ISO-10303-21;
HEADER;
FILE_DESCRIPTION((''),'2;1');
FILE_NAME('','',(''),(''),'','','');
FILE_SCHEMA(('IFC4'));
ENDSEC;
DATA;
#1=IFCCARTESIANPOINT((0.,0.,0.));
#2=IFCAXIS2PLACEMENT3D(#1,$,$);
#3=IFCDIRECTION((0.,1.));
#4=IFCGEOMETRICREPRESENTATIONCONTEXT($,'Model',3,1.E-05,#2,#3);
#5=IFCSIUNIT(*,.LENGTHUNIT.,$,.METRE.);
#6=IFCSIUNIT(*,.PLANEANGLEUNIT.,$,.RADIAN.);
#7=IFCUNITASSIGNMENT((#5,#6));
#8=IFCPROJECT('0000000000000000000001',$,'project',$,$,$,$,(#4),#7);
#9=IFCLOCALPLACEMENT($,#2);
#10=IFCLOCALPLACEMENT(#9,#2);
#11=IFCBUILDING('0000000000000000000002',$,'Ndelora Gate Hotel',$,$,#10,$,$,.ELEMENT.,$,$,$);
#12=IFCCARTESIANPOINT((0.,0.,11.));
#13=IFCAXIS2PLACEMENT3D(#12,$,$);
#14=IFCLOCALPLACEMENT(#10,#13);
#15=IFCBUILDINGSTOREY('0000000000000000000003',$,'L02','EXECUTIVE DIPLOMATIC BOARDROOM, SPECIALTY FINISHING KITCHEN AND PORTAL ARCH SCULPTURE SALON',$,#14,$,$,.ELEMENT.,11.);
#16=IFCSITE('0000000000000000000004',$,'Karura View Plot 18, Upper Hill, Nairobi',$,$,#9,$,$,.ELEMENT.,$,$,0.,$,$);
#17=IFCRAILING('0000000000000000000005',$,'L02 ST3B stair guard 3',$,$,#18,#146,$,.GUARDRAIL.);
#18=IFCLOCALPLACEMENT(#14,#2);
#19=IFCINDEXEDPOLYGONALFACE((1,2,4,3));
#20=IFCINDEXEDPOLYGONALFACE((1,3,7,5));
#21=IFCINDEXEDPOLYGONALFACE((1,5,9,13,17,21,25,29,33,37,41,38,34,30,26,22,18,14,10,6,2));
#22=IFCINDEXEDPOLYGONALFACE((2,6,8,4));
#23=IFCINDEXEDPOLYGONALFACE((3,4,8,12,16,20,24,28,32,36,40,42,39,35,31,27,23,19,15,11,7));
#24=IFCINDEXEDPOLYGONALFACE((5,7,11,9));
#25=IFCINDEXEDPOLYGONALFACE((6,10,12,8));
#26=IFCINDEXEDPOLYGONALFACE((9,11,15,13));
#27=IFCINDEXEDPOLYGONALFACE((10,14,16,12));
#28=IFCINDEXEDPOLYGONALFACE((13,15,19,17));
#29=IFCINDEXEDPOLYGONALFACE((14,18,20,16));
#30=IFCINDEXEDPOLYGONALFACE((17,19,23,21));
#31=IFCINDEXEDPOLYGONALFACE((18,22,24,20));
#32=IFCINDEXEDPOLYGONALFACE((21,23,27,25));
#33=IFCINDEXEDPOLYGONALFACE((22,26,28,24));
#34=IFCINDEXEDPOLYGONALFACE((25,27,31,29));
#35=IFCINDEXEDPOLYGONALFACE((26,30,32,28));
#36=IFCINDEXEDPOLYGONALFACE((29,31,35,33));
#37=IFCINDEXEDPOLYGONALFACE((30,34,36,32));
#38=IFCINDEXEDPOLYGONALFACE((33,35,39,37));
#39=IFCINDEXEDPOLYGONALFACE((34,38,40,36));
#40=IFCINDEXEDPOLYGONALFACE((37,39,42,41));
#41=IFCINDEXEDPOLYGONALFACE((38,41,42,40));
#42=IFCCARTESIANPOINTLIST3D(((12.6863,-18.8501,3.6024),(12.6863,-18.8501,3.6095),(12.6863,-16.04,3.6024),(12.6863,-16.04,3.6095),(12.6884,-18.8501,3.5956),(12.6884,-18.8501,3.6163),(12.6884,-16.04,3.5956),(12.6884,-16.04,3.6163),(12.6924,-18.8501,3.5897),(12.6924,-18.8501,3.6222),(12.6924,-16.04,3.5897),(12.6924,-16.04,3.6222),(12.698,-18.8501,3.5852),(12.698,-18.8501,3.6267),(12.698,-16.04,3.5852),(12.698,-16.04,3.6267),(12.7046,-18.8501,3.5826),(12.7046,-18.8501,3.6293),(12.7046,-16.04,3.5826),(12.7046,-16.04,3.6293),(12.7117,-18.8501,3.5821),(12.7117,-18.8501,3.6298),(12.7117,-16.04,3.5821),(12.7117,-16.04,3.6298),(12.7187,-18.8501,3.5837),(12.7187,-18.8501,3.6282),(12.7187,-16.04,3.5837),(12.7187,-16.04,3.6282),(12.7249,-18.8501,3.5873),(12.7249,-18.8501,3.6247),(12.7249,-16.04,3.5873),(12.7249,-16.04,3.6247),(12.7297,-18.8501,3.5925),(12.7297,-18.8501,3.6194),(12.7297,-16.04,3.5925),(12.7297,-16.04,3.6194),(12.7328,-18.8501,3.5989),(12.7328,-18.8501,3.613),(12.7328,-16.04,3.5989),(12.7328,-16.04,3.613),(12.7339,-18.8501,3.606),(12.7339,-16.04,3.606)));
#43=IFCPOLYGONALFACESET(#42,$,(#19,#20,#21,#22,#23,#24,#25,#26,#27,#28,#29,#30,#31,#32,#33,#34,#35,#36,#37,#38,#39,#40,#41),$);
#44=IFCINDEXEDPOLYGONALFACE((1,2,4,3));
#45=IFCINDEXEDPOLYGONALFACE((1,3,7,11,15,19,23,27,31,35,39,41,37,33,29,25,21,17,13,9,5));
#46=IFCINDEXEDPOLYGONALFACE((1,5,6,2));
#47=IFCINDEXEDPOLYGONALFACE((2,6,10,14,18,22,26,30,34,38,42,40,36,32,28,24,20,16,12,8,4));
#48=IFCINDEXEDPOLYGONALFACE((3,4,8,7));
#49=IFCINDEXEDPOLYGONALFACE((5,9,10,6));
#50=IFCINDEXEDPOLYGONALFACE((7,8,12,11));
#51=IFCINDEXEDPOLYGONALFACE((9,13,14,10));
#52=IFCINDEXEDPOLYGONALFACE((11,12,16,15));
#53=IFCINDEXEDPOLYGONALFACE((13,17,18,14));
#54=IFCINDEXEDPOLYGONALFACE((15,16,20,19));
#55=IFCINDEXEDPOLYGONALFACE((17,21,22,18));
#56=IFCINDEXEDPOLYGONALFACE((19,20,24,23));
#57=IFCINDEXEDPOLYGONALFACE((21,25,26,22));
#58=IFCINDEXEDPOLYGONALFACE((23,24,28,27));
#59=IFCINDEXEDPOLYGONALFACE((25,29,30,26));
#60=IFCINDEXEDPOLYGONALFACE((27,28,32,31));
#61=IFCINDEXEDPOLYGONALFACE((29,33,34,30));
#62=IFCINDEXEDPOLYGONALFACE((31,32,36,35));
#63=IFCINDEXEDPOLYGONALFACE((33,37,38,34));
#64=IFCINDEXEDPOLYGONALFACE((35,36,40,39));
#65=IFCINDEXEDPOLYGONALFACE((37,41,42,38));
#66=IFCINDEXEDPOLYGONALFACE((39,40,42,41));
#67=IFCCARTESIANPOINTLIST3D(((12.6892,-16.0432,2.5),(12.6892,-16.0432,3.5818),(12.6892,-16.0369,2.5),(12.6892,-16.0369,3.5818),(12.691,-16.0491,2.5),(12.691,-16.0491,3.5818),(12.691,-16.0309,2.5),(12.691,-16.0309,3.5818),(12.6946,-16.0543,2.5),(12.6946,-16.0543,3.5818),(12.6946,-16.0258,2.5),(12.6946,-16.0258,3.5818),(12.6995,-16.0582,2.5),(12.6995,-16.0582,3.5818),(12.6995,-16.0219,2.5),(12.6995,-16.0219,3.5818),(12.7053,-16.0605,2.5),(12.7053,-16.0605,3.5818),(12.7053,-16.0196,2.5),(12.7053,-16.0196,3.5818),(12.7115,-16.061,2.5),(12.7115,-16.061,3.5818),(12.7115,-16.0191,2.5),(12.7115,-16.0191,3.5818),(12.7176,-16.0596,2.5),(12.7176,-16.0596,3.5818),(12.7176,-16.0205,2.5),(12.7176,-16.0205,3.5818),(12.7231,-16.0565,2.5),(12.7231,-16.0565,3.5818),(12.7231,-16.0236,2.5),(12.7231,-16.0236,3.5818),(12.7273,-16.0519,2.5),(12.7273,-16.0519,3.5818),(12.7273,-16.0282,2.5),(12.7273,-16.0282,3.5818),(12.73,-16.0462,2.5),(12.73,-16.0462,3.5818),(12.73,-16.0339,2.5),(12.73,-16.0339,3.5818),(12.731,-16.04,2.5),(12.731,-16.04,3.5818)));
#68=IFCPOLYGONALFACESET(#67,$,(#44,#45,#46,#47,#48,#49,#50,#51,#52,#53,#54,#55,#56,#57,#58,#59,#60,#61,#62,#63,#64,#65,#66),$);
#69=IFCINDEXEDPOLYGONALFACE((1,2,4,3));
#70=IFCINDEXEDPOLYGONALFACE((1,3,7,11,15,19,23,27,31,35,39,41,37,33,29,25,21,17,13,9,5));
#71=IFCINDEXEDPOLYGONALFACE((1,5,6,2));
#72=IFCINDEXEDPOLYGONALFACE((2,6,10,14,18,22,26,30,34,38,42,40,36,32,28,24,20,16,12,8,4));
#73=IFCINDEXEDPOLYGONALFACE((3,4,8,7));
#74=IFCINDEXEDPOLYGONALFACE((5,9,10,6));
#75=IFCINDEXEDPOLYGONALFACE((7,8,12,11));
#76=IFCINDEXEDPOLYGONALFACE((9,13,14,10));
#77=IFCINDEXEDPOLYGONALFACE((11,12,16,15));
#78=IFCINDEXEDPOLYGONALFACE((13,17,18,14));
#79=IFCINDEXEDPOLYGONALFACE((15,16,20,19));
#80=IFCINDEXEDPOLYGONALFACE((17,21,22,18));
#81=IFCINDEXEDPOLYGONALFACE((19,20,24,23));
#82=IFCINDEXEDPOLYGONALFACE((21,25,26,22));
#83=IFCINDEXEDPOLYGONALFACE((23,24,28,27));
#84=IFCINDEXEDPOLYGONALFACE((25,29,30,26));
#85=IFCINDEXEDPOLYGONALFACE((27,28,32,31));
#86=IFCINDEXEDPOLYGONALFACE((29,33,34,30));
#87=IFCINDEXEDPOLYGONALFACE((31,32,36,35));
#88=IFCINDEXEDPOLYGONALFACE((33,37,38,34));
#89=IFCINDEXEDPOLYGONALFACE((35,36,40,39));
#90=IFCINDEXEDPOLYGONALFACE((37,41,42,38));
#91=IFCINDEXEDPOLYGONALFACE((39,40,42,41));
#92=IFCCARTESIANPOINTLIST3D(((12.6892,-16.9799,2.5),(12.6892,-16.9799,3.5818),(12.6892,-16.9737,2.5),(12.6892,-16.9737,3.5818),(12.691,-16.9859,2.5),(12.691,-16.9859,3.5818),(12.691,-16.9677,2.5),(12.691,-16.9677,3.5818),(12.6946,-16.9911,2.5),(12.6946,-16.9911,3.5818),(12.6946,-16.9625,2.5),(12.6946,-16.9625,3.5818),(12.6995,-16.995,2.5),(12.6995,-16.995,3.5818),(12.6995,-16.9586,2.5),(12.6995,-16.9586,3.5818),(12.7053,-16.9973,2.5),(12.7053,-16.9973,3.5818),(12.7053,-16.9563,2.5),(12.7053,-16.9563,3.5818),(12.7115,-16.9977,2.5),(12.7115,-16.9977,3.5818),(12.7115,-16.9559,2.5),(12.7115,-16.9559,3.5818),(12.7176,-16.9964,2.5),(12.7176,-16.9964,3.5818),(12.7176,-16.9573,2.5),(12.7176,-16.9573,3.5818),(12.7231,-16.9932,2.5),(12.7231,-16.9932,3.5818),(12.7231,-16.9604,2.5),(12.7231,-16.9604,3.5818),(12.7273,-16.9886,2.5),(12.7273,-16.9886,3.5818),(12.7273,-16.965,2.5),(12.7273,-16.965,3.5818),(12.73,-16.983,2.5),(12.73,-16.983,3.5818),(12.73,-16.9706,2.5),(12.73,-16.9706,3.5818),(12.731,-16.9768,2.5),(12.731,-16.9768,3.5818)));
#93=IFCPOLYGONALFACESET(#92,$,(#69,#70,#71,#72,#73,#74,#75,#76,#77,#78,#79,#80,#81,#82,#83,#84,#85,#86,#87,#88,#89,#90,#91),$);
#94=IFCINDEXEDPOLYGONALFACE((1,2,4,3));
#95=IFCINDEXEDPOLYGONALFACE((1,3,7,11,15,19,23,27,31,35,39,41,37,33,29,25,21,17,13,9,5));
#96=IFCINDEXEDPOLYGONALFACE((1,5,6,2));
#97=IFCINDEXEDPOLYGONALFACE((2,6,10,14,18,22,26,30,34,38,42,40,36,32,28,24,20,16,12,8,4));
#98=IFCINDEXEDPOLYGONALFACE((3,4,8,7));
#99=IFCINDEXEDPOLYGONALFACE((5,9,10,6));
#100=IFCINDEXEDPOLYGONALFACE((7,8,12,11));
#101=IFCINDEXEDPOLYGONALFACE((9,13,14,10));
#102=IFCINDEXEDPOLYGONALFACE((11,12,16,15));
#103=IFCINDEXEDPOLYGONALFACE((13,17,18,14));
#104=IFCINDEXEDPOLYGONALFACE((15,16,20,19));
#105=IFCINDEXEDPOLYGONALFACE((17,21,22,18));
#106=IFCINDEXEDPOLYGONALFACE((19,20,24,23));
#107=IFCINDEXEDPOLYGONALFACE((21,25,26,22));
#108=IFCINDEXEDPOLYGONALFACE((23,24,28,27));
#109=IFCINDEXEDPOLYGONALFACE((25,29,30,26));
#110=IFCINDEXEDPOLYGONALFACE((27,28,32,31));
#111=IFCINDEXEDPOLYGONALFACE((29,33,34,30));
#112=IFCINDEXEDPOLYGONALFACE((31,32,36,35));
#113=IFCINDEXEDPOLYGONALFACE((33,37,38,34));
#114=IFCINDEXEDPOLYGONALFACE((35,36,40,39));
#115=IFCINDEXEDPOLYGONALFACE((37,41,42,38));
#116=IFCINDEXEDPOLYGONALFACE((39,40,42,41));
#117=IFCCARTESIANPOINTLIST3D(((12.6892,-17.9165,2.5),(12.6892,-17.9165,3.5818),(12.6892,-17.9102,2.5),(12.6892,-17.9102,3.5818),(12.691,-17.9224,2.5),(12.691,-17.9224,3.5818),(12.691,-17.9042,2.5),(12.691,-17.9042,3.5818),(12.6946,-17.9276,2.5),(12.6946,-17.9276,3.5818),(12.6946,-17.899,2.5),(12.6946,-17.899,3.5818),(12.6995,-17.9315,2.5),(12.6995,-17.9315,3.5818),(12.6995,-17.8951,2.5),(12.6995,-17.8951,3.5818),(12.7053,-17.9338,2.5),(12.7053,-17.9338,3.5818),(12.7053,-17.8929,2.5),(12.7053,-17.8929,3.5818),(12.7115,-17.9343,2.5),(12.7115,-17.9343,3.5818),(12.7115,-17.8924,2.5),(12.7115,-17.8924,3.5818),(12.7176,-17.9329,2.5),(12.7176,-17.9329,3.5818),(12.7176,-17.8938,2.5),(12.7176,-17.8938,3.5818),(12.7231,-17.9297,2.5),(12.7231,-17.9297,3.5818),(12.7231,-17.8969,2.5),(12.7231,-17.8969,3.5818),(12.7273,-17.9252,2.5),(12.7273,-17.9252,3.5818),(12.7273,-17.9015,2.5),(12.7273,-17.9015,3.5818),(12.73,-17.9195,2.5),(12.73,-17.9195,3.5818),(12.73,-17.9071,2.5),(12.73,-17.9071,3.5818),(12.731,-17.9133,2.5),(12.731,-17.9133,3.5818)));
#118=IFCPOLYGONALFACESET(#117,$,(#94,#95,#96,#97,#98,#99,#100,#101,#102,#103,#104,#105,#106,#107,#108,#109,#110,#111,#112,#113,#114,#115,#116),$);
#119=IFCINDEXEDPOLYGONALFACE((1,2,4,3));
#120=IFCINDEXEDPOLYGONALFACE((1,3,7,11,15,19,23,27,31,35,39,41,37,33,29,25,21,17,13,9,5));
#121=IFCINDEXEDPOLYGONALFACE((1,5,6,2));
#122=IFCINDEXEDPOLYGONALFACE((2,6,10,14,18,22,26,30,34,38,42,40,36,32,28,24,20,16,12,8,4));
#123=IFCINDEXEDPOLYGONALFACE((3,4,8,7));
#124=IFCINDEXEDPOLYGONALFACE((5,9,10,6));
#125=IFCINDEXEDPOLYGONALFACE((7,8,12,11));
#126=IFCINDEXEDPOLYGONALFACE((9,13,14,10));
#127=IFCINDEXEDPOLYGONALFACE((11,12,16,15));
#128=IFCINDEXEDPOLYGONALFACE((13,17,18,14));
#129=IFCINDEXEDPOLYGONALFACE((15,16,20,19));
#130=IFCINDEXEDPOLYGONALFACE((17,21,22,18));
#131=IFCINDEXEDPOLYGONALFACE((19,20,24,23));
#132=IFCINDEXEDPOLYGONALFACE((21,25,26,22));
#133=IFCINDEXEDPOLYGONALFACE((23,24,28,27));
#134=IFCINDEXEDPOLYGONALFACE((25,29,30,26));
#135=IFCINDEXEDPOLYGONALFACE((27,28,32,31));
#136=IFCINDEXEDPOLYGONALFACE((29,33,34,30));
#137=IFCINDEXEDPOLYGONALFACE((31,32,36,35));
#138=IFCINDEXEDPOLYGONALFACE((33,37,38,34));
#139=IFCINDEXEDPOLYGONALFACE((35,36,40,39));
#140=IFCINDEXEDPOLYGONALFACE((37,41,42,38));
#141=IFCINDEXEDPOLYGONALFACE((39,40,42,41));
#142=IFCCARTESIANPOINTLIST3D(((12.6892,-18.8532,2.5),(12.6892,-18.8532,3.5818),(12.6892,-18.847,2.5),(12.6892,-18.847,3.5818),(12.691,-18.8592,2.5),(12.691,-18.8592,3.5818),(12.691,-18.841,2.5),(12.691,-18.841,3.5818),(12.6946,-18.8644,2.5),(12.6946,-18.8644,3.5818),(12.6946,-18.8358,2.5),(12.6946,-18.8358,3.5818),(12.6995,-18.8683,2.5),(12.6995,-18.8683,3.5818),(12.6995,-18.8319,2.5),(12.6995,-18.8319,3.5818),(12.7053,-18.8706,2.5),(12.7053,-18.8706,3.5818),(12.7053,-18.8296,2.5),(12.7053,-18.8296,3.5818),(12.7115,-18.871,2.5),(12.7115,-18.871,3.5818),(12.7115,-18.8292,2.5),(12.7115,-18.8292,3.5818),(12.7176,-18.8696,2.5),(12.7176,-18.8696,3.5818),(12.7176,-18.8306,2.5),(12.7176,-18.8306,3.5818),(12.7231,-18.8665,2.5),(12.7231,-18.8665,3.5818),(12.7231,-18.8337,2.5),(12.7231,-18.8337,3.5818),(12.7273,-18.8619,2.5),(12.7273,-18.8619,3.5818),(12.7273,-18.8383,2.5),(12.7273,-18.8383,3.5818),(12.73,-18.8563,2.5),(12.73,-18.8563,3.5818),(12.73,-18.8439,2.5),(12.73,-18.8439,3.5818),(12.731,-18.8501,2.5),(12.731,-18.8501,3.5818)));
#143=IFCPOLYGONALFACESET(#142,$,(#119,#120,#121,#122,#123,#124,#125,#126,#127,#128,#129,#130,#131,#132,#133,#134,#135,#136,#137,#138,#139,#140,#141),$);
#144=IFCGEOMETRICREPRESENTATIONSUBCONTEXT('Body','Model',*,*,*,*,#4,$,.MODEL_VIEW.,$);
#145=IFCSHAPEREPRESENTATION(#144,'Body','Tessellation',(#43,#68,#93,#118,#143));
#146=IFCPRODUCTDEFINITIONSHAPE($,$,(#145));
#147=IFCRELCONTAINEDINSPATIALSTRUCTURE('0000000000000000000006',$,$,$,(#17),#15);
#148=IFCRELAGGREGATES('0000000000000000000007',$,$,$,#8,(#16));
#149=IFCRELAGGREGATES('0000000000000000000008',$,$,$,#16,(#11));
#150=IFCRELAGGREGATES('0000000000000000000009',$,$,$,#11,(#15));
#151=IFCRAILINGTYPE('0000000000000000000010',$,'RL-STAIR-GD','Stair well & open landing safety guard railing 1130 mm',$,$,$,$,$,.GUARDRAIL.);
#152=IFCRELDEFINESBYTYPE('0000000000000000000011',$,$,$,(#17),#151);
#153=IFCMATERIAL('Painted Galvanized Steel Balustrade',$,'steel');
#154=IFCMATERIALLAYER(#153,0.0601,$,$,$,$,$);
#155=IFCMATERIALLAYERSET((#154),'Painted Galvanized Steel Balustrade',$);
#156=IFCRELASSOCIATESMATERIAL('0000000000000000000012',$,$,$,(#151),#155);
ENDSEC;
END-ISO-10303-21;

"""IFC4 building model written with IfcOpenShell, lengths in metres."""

from ifc_helpers import new_model, si_unit, direction, frame, origin, origin_2d, place, context, subcontext, project, spatial, circle, extrude, material, layer, layer_set, type_object, element, save


model = new_model("IFC4")

# Units and contexts
model_context = context("Model", 3, precision=1e-05, world=origin(), true_north=direction((0.0, 1.0)))
body_context = subcontext(model_context, "Body", "Model", "MODEL_VIEW")
ifc_project = project(units=[si_unit("LENGTHUNIT", "METRE"), si_unit("PLANEANGLEUNIT", "RADIAN")], contexts=[model_context])

# Site, building, storey
site_placement = place(None, origin())
site = spatial("IfcSite", under=ifc_project, at=site_placement, Name="Karura View Plot 18, Upper Hill, Nairobi", CompositionType="ELEMENT", RefElevation=0.0)
building_placement = place(site_placement, origin())
building = spatial("IfcBuilding", under=site, at=building_placement, Name="Ndelora Gate Hotel", CompositionType="ELEMENT")
storey_placement = place(building_placement, frame((0.0, 0.0, 11.0)))
storey = spatial("IfcBuildingStorey", under=building, at=storey_placement, Name="L02", Description="EXECUTIVE DIPLOMATIC BOARDROOM, SPECIALTY FINISHING KITCHEN AND PORTAL ARCH SCULPTURE SALON", CompositionType="ELEMENT", Elevation=11.0)

# Railing
ifc_material_1 = material(Name="Painted Galvanized Steel Balustrade", Category="steel")
ifc_layer_1 = layer(ifc_material_1, 0.0601)
ifc_layer_set_1 = layer_set([ifc_layer_1], Name="Painted Galvanized Steel Balustrade")
railing_type_1 = type_object("IfcRailingType", Name="RL-STAIR-GD", Description="Stair well & open landing safety guard railing 1130 mm", PredefinedType="GUARDRAIL", material=ifc_layer_set_1)
for number, where, name in (
    (1, (12.71, -16.04, 2.5), "L02 ST3B stair guard 3"),
):
    element("IfcRailing", number, at=place(storey_placement, frame(where)), inside=storey, type_object=railing_type_1, Name=name, PredefinedType="GUARDRAIL", context=body_context, shape_type="SweptSolid", body=[
        extrude(circle(Radius=0.0239, at=origin_2d()), frame((0.0, 0.0, 1.106), z_axis=(0.0, -1.0, 0.0), x_axis=(1.0, 0.0, 0.0)), (0.0, 0.0, 1.0), 2.8101),
        extrude(circle(Radius=0.021, at=origin_2d()), origin(), (0.0, 0.0, 1.0), 1.0818),
        extrude(circle(Radius=0.021, at=origin_2d()), frame((0.0, -0.9368, 0.0)), (0.0, 0.0, 1.0), 1.0818),
        extrude(circle(Radius=0.021, at=origin_2d()), frame((0.0, -1.8733, 0.0)), (0.0, 0.0, 1.0), 1.0818),
        extrude(circle(Radius=0.021, at=origin_2d()), frame((0.0, -2.8101, 0.0)), (0.0, 0.0, 1.0), 1.0818),
    ])

save(model, "model.ifc")
